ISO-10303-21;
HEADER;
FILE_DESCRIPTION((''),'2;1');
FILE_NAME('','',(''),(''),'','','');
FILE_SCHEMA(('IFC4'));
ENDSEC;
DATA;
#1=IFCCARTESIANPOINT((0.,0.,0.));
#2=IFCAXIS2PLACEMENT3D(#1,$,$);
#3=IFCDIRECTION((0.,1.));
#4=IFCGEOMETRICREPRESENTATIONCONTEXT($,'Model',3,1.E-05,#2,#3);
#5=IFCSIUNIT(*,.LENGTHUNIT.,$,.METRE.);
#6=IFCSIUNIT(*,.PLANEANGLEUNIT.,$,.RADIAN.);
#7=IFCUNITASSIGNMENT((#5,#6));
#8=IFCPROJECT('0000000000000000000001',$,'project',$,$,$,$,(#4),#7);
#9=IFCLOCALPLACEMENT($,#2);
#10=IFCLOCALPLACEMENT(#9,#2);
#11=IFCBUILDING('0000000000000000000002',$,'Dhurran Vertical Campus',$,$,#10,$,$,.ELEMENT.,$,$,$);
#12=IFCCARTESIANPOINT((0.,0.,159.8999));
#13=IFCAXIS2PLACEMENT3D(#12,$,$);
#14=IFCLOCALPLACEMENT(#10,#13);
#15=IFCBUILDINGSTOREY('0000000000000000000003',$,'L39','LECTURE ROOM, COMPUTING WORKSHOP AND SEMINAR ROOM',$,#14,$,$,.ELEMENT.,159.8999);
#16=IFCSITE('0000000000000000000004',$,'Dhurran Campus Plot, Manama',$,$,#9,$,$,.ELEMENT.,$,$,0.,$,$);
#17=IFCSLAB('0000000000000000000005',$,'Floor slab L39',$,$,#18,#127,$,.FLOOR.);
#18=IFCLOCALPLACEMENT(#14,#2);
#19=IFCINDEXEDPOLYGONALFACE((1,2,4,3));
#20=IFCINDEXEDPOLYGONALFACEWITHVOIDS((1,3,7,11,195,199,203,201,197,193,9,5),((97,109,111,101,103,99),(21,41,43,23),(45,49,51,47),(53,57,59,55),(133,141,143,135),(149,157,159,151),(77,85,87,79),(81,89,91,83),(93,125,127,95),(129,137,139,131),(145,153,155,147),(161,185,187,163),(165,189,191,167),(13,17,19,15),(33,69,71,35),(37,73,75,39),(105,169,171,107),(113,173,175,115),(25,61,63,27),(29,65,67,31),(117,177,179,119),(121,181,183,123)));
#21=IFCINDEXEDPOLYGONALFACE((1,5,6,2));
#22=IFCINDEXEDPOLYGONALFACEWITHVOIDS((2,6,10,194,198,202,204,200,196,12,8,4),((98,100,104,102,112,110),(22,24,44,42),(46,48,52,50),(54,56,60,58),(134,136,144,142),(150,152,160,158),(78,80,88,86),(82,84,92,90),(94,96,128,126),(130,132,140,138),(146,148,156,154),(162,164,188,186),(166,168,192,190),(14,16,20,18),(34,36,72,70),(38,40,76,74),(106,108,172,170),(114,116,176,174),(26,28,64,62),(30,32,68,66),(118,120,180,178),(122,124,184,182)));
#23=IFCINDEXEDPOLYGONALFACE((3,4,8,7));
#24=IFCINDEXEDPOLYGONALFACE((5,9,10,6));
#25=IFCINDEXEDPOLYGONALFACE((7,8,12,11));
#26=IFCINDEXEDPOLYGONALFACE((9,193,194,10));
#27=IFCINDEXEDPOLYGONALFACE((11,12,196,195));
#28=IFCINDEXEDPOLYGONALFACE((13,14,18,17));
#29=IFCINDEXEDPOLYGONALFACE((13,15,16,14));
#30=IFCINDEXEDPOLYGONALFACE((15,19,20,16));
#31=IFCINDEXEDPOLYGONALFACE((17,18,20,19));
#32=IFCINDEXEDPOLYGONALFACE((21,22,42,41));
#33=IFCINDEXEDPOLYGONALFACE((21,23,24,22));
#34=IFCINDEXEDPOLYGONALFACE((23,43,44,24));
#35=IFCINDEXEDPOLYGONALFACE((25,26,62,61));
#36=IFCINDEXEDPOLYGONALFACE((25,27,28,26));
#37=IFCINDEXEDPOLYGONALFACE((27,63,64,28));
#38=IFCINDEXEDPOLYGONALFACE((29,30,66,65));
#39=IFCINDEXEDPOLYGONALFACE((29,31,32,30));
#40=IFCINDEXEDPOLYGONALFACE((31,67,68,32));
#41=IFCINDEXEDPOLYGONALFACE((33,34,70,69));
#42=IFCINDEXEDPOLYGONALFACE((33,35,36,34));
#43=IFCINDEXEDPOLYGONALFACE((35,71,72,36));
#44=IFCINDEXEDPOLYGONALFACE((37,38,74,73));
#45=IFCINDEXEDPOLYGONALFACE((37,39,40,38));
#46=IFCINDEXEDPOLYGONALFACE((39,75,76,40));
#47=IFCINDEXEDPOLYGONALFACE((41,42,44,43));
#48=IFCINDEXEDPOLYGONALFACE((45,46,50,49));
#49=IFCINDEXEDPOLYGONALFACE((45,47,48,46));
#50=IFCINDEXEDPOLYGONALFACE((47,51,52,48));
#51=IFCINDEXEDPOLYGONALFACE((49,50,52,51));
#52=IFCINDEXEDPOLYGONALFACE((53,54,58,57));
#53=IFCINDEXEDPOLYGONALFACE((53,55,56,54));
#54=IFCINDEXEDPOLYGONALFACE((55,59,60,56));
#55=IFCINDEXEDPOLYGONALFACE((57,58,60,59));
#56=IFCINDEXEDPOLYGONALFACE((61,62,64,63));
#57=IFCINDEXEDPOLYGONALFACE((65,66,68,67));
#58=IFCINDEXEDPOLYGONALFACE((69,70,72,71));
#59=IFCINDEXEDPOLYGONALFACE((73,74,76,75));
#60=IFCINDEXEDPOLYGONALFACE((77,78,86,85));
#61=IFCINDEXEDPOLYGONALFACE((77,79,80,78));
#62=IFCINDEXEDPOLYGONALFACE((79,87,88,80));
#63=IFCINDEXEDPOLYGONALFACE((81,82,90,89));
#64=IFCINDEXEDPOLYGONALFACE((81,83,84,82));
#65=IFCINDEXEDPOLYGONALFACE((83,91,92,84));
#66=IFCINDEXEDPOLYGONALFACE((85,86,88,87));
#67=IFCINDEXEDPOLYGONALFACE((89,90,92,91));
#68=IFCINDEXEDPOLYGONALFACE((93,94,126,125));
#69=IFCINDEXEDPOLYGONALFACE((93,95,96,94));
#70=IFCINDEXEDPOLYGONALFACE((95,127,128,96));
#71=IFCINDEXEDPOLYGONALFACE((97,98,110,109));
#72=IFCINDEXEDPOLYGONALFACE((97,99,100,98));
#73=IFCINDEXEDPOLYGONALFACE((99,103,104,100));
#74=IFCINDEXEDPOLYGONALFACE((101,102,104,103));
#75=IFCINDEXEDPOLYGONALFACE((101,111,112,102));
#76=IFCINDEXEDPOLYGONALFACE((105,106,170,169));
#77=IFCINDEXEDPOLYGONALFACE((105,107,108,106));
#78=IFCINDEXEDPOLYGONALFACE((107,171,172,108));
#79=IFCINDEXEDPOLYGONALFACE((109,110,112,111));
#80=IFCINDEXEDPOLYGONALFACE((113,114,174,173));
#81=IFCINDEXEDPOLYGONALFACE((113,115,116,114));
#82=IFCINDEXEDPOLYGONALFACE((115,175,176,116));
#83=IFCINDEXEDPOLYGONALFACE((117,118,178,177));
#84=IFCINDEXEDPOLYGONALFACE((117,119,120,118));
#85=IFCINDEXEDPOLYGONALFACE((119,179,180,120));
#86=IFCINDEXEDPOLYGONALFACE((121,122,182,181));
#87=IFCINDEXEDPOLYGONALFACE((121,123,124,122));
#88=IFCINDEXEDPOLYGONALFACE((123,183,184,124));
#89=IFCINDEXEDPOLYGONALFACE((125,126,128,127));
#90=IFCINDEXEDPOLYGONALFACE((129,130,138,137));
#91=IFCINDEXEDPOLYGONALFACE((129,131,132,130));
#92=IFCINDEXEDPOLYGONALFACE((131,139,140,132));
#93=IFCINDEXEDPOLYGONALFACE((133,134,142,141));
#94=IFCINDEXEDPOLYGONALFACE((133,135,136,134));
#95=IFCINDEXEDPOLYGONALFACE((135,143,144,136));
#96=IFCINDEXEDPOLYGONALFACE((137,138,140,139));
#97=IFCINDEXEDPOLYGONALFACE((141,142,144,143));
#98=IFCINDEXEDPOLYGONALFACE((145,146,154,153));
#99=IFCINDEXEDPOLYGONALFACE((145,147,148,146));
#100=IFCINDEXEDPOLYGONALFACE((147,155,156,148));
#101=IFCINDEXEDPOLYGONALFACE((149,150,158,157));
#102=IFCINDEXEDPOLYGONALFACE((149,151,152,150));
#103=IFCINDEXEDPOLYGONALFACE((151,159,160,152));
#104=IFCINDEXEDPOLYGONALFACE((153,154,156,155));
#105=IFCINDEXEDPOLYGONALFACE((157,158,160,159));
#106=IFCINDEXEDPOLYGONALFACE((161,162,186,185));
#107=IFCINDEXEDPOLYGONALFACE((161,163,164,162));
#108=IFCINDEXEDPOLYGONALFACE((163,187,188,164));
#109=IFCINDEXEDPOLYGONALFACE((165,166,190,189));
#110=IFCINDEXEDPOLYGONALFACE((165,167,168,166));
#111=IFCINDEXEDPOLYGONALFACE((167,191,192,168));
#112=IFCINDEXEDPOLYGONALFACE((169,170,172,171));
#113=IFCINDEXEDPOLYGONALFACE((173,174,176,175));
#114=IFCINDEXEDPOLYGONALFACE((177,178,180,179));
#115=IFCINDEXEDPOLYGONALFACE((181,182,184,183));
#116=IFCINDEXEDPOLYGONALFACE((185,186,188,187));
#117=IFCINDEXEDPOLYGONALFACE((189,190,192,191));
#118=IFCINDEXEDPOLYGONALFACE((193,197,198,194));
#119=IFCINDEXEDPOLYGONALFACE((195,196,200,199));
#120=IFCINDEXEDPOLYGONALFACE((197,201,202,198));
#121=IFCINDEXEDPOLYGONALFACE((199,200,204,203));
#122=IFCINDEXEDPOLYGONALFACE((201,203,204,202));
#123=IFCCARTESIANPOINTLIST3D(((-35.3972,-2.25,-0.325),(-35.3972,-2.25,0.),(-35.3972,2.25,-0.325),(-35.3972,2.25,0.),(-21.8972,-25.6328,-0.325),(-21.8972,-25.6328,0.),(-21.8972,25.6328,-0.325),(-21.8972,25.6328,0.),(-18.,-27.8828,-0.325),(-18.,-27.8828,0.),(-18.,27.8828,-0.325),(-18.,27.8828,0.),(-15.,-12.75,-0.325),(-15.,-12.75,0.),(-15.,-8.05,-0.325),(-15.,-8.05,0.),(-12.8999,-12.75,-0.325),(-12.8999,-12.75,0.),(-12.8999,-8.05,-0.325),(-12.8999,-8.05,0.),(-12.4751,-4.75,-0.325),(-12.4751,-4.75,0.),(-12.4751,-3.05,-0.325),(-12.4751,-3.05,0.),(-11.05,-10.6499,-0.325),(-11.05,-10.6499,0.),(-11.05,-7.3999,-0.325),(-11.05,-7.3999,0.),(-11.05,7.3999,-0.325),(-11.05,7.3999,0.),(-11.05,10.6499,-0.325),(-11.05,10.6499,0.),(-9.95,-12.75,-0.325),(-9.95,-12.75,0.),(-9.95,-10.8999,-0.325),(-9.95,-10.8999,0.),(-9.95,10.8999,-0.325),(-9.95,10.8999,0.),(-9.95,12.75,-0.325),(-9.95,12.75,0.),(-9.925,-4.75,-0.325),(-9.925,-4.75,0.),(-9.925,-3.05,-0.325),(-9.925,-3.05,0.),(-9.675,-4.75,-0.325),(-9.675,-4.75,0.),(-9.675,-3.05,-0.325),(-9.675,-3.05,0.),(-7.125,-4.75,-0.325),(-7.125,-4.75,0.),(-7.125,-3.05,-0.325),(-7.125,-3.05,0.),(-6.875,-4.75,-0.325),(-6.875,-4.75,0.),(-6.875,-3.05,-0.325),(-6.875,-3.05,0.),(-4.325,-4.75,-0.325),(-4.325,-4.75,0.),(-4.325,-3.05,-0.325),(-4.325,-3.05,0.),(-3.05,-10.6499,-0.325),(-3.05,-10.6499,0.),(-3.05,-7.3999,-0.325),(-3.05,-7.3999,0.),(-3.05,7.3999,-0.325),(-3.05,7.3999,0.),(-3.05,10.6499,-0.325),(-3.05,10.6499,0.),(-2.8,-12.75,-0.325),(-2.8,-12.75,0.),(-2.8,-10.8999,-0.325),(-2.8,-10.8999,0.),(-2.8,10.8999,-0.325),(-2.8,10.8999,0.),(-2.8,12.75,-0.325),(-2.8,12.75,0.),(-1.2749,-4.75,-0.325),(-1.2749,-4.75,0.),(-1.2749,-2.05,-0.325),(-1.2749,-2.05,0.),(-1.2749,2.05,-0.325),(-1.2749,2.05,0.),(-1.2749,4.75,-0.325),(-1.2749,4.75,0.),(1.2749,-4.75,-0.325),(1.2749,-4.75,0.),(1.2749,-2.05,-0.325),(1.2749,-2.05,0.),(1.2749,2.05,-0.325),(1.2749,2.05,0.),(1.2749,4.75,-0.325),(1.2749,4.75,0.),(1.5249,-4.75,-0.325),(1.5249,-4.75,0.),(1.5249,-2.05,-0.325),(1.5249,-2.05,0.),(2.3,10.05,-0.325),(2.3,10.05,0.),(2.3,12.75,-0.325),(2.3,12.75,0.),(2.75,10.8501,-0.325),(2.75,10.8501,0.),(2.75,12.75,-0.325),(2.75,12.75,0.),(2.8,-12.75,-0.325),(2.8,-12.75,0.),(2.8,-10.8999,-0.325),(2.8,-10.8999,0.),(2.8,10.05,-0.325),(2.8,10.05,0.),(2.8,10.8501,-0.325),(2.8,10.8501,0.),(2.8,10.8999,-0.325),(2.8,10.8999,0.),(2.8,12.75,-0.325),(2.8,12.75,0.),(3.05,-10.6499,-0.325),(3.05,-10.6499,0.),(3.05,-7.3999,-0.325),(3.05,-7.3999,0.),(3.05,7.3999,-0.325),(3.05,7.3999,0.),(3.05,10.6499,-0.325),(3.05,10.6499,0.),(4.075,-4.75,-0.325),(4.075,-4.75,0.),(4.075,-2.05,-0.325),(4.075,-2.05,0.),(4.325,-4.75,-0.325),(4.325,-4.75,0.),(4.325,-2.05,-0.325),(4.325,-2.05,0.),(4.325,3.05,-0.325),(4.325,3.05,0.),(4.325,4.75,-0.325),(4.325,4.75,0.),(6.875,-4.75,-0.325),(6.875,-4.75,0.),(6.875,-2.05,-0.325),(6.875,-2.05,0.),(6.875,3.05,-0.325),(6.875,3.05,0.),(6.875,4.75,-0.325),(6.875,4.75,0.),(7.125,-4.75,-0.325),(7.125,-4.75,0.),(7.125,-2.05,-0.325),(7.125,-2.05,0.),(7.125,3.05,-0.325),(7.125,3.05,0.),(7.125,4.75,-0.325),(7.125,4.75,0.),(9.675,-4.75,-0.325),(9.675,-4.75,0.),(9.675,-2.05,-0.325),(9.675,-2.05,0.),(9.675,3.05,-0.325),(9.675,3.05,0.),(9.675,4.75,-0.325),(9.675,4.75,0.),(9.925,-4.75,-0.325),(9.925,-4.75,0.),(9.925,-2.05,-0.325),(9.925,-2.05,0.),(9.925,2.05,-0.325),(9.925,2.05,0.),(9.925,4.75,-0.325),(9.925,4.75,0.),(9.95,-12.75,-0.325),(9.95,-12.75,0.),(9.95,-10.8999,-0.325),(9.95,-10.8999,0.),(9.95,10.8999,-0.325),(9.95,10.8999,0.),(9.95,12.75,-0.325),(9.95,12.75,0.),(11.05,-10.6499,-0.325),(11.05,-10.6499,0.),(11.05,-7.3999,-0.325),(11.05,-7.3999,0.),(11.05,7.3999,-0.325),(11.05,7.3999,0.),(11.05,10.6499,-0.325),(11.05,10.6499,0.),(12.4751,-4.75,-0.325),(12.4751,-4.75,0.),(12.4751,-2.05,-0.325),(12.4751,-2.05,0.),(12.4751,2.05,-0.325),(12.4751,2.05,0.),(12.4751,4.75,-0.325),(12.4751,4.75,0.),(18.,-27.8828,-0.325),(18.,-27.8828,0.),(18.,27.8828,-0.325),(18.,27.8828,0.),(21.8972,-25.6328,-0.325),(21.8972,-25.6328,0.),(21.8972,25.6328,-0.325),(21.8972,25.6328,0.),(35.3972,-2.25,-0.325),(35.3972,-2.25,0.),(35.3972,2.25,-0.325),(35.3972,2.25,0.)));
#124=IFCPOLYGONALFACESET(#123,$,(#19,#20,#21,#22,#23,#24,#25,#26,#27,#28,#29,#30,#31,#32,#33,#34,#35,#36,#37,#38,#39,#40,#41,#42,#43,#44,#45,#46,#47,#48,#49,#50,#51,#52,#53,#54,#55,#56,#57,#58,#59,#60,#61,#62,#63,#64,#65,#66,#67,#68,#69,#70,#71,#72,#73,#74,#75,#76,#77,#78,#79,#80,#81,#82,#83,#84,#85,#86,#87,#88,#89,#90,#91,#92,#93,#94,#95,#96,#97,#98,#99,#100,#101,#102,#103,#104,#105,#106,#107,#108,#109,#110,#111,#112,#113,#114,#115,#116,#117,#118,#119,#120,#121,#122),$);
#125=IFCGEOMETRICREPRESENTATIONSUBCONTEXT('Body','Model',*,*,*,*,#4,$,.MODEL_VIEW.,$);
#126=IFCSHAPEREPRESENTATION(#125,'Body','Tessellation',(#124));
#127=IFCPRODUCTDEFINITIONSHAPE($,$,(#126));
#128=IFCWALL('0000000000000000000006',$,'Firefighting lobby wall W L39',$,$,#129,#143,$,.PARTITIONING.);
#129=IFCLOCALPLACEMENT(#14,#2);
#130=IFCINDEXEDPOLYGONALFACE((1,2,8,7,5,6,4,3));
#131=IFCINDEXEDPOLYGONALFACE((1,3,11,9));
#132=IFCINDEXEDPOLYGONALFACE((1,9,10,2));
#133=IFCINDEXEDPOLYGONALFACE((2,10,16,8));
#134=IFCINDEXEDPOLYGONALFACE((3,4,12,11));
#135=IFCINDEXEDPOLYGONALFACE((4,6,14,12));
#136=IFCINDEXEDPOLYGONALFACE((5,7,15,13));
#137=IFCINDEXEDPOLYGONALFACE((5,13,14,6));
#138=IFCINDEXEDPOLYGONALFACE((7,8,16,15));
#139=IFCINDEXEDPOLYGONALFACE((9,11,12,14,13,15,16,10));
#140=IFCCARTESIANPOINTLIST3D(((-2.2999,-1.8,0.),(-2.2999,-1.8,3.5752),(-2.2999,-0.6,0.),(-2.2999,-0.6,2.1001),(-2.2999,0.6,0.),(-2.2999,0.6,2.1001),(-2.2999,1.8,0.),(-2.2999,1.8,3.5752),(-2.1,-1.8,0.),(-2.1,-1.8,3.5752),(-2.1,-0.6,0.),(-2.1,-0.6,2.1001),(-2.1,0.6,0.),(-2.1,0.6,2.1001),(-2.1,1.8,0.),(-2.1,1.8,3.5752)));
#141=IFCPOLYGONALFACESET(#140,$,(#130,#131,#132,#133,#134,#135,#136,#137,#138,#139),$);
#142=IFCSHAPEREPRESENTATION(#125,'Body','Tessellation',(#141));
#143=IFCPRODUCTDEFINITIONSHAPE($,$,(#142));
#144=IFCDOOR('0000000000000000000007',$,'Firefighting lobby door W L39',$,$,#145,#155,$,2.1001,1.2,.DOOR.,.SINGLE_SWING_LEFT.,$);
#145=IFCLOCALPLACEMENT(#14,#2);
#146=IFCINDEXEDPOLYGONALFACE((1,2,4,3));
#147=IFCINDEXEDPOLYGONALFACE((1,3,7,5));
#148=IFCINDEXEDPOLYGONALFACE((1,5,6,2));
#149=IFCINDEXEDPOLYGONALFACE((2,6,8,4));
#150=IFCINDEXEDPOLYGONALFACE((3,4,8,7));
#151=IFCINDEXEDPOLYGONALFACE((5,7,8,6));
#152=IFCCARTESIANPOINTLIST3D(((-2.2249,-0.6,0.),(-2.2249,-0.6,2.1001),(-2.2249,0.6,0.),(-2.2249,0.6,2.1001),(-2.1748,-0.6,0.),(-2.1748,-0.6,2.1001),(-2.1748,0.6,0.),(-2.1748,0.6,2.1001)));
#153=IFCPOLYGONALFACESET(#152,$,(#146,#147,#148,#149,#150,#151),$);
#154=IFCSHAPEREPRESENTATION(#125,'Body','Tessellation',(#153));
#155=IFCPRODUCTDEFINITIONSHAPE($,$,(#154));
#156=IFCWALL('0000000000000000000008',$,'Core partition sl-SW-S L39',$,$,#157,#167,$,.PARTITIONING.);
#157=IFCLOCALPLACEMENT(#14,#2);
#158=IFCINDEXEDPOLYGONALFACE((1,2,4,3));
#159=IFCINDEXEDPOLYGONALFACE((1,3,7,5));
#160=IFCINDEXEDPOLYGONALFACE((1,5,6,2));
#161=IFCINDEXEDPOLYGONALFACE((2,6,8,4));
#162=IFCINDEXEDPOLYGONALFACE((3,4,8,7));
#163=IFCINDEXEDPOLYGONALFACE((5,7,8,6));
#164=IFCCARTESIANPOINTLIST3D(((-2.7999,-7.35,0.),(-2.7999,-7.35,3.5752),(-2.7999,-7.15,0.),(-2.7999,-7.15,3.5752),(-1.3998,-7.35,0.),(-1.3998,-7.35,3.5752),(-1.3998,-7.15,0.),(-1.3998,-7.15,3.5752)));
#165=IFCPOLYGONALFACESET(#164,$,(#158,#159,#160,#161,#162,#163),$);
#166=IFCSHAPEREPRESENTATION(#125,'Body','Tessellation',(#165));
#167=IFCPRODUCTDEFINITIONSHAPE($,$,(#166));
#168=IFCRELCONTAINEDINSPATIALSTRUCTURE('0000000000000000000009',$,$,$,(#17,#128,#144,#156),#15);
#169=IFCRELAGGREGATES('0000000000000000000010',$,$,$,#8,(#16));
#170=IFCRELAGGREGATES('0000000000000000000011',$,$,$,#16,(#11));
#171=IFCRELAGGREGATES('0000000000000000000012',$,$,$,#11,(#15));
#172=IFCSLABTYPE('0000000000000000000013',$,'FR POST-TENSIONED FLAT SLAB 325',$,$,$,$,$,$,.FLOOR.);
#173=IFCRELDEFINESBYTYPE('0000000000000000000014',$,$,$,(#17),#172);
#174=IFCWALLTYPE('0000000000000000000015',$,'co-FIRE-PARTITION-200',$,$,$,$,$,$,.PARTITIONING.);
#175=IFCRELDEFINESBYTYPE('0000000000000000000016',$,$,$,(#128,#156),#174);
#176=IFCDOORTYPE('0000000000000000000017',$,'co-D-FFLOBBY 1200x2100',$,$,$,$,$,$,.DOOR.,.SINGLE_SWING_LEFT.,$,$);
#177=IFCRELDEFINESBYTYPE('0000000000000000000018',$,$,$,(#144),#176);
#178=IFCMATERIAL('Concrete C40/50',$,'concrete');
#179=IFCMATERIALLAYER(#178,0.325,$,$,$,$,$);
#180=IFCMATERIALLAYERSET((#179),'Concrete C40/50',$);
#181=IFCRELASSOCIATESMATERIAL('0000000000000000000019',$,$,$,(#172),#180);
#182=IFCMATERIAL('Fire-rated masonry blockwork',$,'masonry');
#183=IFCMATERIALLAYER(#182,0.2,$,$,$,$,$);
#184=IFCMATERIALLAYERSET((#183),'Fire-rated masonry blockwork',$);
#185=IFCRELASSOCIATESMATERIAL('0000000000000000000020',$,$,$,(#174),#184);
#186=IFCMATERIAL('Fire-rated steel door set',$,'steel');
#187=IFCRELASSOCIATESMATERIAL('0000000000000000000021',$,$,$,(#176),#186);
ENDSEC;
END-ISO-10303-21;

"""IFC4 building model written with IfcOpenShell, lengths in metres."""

from ifc_helpers import new_model, si_unit, direction, frame, frame_2d, origin, place, context, subcontext, project, spatial, polyline, rectangle, outline, extrude, material, layer, layer_set, type_object, element, fill, save


model = new_model("IFC4")

# Units and contexts
model_context = context("Model", 3, precision=1e-05, world=origin(), true_north=direction((0.0, 1.0)))
body_context = subcontext(model_context, "Body", "Model", "MODEL_VIEW")
ifc_project = project(units=[si_unit("LENGTHUNIT", "METRE"), si_unit("PLANEANGLEUNIT", "RADIAN")], contexts=[model_context])

# Site, building, storey
site_placement = place(None, origin())
site = spatial("IfcSite", under=ifc_project, at=site_placement, Name="Dhurran Campus Plot, Manama", CompositionType="ELEMENT", RefElevation=0.0)
building_placement = place(site_placement, origin())
building = spatial("IfcBuilding", under=site, at=building_placement, Name="Dhurran Vertical Campus", CompositionType="ELEMENT")
storey_placement = place(building_placement, frame((0.0, 0.0, 159.8999)))
storey = spatial("IfcBuildingStorey", under=building, at=storey_placement, Name="L39", Description="LECTURE ROOM, COMPUTING WORKSHOP AND SEMINAR ROOM", CompositionType="ELEMENT", Elevation=159.8999)

# Slab
ifc_material_1 = material(Name="Concrete C40/50", Category="concrete")
ifc_layer_1 = layer(ifc_material_1, 0.325)
ifc_layer_set_1 = layer_set([ifc_layer_1], Name="Concrete C40/50")
slab_type = type_object("IfcSlabType", Name="FR POST-TENSIONED FLAT SLAB 325", PredefinedType="FLOOR", material=ifc_layer_set_1)
slab_placement = place(storey_placement, frame((0.0, 0.0, -0.325)))
element("IfcSlab", 1, at=slab_placement, inside=storey, type_object=slab_type, Name="Floor slab L39", PredefinedType="FLOOR", context=body_context, shape_type="SweptSolid", body=[
    extrude(outline(polyline([(-18.0, -27.8828), (18.0, -27.8828), (21.8972, -25.6328), (35.3972, -2.25), (35.3972, 2.25), (21.8972, 25.6328), (18.0, 27.8828), (-18.0, 27.8828), (-21.8972, 25.6328), (-35.3972, 2.25), (-35.3972, -2.25), (-21.8972, -25.6328), (-18.0, -27.8828)]), holes=[polyline([(-1.2749, 2.05), (1.2749, 2.05), (1.2749, 4.75), (-1.2749, 4.75), (-1.2749, 2.05)]), polyline([(9.925, 2.05), (12.4751, 2.05), (12.4751, 4.75), (9.925, 4.75), (9.925, 2.05)]), polyline([(-1.2749, -4.75), (1.2749, -4.75), (1.2749, -2.05), (-1.2749, -2.05), (-1.2749, -4.75)]), polyline([(1.5249, -4.75), (4.075, -4.75), (4.075, -2.05), (1.5249, -2.05), (1.5249, -4.75)]), polyline([(4.325, -4.75), (6.875, -4.75), (6.875, -2.05), (4.325, -2.05), (4.325, -4.75)]), polyline([(7.125, -4.75), (9.675, -4.75), (9.675, -2.05), (7.125, -2.05), (7.125, -4.75)]), polyline([(9.925, -4.75), (12.4751, -4.75), (12.4751, -2.05), (9.925, -2.05), (9.925, -4.75)]), polyline([(4.325, 3.05), (6.875, 3.05), (6.875, 4.75), (4.325, 4.75), (4.325, 3.05)]), polyline([(7.125, 3.05), (9.675, 3.05), (9.675, 4.75), (7.125, 4.75), (7.125, 3.05)]), polyline([(-12.4751, -4.75), (-9.925, -4.75), (-9.925, -3.05), (-12.4751, -3.05), (-12.4751, -4.75)]), polyline([(-9.675, -4.75), (-7.125, -4.75), (-7.125, -3.05), (-9.675, -3.05), (-9.675, -4.75)]), polyline([(-6.875, -4.75), (-4.325, -4.75), (-4.325, -3.05), (-6.875, -3.05), (-6.875, -4.75)]), polyline([(-11.05, 7.3999), (-3.05, 7.3999), (-3.05, 10.6499), (-11.05, 10.6499), (-11.05, 7.3999)]), polyline([(3.05, 7.3999), (11.05, 7.3999), (11.05, 10.6499), (3.05, 10.6499), (3.05, 7.3999)]), polyline([(-11.05, -10.6499), (-3.05, -10.6499), (-3.05, -7.3999), (-11.05, -7.3999), (-11.05, -10.6499)]), polyline([(3.05, -10.6499), (11.05, -10.6499), (11.05, -7.3999), (3.05, -7.3999), (3.05, -10.6499)]), polyline([(-9.95, 10.8999), (-9.95, 12.75), (-2.8, 12.75), (-2.8, 10.8999), (-9.95, 10.8999)]), polyline([(9.95, 12.75), (9.95, 10.8999), (2.8, 10.8999), (2.8, 12.75), (9.95, 12.75)]), polyline([(-9.95, -12.75), (-9.95, -10.8999), (-2.8, -10.8999), (-2.8, -12.75), (-9.95, -12.75)]), polyline([(9.95, -10.8999), (9.95, -12.75), (2.8, -12.75), (2.8, -10.8999), (9.95, -10.8999)]), polyline([(2.3, 10.05), (2.3, 12.75), (2.75, 12.75), (2.75, 10.8501), (2.8, 10.8501), (2.8, 10.05), (2.3, 10.05)]), polyline([(-15.0, -8.05), (-12.8999, -8.05), (-12.8999, -12.75), (-15.0, -12.75), (-15.0, -8.05)])]), origin(), (0.0, 0.0, 1.0), 0.325),
])

# Wall, opening, door
ifc_material_2 = material(Name="Fire-rated masonry blockwork", Category="masonry")
ifc_layer_2 = layer(ifc_material_2, 0.2)
ifc_layer_set_2 = layer_set([ifc_layer_2], Name="Fire-rated masonry blockwork")
wall_type_1 = type_object("IfcWallType", Name="co-FIRE-PARTITION-200", PredefinedType="PARTITIONING", material=ifc_layer_set_2)
wall_1_placement = place(storey_placement, frame((-2.2, -1.8, 0.0), z_axis=(0.0, 0.0, 1.0), x_axis=(0.0, 1.0, 0.0)))
wall_1 = element("IfcWall", 2, at=wall_1_placement, inside=storey, type_object=wall_type_1, Name="Firefighting lobby wall W L39", PredefinedType="PARTITIONING", context=body_context, shape_type="SweptSolid", body=[
    extrude(rectangle(XDim=3.6001, YDim=0.2, at=frame_2d((1.8, 0.0))), origin(), (0.0, 0.0, 1.0), 3.5752),
])
opening_1_placement = place(wall_1_placement, frame((1.2, 0.0, 0.0)))
opening_1 = element("IfcOpeningElement", 3, at=opening_1_placement, cuts=wall_1, PredefinedType="OPENING", context=body_context, shape_type="SweptSolid", body=[
    extrude(rectangle(XDim=1.2, YDim=2.1001, at=frame_2d((0.6001, 1.05))), frame((0.0, 0.1099, 0.0), z_axis=(0.0, -1.0, 0.0), x_axis=(1.0, 0.0, 0.0)), (0.0, 0.0, 1.0), 0.22),
])
ifc_material_3 = material(Name="Fire-rated steel door set", Category="steel")
door_type_1 = type_object("IfcDoorType", Name="co-D-FFLOBBY 1200x2100", OperationType="SINGLE_SWING_LEFT", PredefinedType="DOOR", material=ifc_material_3)
door_1_placement = place(opening_1_placement, origin())
door_1 = element("IfcDoor", 4, at=door_1_placement, inside=storey, type_object=door_type_1, Name="Firefighting lobby door W L39", OperationType="SINGLE_SWING_LEFT", OverallHeight=2.1001, OverallWidth=1.2, PredefinedType="DOOR", context=body_context, shape_type="SweptSolid", body=[
    extrude(rectangle(XDim=1.2, YDim=2.1001, at=frame_2d((0.6001, 1.05))), frame((0.0, 0.0249, 0.0), z_axis=(0.0, -1.0, 0.0), x_axis=(1.0, 0.0, 0.0)), (0.0, 0.0, 1.0), 0.05),
])
fill(opening_1, door_1)

# Wall
wall_2_placement = place(storey_placement, frame((-2.8, -7.25, 0.0), z_axis=(0.0, 0.0, 1.0), x_axis=(1.0, 0.0, 0.0)))
element("IfcWall", 5, at=wall_2_placement, inside=storey, type_object=wall_type_1, Name="Core partition sl-SW-S L39", PredefinedType="PARTITIONING", context=body_context, shape_type="SweptSolid", body=[
    extrude(rectangle(XDim=1.4001, YDim=0.2, at=frame_2d((0.7002, 0.0))), origin(), (0.0, 0.0, 1.0), 3.5752),
])

save(model, "model.ifc")
